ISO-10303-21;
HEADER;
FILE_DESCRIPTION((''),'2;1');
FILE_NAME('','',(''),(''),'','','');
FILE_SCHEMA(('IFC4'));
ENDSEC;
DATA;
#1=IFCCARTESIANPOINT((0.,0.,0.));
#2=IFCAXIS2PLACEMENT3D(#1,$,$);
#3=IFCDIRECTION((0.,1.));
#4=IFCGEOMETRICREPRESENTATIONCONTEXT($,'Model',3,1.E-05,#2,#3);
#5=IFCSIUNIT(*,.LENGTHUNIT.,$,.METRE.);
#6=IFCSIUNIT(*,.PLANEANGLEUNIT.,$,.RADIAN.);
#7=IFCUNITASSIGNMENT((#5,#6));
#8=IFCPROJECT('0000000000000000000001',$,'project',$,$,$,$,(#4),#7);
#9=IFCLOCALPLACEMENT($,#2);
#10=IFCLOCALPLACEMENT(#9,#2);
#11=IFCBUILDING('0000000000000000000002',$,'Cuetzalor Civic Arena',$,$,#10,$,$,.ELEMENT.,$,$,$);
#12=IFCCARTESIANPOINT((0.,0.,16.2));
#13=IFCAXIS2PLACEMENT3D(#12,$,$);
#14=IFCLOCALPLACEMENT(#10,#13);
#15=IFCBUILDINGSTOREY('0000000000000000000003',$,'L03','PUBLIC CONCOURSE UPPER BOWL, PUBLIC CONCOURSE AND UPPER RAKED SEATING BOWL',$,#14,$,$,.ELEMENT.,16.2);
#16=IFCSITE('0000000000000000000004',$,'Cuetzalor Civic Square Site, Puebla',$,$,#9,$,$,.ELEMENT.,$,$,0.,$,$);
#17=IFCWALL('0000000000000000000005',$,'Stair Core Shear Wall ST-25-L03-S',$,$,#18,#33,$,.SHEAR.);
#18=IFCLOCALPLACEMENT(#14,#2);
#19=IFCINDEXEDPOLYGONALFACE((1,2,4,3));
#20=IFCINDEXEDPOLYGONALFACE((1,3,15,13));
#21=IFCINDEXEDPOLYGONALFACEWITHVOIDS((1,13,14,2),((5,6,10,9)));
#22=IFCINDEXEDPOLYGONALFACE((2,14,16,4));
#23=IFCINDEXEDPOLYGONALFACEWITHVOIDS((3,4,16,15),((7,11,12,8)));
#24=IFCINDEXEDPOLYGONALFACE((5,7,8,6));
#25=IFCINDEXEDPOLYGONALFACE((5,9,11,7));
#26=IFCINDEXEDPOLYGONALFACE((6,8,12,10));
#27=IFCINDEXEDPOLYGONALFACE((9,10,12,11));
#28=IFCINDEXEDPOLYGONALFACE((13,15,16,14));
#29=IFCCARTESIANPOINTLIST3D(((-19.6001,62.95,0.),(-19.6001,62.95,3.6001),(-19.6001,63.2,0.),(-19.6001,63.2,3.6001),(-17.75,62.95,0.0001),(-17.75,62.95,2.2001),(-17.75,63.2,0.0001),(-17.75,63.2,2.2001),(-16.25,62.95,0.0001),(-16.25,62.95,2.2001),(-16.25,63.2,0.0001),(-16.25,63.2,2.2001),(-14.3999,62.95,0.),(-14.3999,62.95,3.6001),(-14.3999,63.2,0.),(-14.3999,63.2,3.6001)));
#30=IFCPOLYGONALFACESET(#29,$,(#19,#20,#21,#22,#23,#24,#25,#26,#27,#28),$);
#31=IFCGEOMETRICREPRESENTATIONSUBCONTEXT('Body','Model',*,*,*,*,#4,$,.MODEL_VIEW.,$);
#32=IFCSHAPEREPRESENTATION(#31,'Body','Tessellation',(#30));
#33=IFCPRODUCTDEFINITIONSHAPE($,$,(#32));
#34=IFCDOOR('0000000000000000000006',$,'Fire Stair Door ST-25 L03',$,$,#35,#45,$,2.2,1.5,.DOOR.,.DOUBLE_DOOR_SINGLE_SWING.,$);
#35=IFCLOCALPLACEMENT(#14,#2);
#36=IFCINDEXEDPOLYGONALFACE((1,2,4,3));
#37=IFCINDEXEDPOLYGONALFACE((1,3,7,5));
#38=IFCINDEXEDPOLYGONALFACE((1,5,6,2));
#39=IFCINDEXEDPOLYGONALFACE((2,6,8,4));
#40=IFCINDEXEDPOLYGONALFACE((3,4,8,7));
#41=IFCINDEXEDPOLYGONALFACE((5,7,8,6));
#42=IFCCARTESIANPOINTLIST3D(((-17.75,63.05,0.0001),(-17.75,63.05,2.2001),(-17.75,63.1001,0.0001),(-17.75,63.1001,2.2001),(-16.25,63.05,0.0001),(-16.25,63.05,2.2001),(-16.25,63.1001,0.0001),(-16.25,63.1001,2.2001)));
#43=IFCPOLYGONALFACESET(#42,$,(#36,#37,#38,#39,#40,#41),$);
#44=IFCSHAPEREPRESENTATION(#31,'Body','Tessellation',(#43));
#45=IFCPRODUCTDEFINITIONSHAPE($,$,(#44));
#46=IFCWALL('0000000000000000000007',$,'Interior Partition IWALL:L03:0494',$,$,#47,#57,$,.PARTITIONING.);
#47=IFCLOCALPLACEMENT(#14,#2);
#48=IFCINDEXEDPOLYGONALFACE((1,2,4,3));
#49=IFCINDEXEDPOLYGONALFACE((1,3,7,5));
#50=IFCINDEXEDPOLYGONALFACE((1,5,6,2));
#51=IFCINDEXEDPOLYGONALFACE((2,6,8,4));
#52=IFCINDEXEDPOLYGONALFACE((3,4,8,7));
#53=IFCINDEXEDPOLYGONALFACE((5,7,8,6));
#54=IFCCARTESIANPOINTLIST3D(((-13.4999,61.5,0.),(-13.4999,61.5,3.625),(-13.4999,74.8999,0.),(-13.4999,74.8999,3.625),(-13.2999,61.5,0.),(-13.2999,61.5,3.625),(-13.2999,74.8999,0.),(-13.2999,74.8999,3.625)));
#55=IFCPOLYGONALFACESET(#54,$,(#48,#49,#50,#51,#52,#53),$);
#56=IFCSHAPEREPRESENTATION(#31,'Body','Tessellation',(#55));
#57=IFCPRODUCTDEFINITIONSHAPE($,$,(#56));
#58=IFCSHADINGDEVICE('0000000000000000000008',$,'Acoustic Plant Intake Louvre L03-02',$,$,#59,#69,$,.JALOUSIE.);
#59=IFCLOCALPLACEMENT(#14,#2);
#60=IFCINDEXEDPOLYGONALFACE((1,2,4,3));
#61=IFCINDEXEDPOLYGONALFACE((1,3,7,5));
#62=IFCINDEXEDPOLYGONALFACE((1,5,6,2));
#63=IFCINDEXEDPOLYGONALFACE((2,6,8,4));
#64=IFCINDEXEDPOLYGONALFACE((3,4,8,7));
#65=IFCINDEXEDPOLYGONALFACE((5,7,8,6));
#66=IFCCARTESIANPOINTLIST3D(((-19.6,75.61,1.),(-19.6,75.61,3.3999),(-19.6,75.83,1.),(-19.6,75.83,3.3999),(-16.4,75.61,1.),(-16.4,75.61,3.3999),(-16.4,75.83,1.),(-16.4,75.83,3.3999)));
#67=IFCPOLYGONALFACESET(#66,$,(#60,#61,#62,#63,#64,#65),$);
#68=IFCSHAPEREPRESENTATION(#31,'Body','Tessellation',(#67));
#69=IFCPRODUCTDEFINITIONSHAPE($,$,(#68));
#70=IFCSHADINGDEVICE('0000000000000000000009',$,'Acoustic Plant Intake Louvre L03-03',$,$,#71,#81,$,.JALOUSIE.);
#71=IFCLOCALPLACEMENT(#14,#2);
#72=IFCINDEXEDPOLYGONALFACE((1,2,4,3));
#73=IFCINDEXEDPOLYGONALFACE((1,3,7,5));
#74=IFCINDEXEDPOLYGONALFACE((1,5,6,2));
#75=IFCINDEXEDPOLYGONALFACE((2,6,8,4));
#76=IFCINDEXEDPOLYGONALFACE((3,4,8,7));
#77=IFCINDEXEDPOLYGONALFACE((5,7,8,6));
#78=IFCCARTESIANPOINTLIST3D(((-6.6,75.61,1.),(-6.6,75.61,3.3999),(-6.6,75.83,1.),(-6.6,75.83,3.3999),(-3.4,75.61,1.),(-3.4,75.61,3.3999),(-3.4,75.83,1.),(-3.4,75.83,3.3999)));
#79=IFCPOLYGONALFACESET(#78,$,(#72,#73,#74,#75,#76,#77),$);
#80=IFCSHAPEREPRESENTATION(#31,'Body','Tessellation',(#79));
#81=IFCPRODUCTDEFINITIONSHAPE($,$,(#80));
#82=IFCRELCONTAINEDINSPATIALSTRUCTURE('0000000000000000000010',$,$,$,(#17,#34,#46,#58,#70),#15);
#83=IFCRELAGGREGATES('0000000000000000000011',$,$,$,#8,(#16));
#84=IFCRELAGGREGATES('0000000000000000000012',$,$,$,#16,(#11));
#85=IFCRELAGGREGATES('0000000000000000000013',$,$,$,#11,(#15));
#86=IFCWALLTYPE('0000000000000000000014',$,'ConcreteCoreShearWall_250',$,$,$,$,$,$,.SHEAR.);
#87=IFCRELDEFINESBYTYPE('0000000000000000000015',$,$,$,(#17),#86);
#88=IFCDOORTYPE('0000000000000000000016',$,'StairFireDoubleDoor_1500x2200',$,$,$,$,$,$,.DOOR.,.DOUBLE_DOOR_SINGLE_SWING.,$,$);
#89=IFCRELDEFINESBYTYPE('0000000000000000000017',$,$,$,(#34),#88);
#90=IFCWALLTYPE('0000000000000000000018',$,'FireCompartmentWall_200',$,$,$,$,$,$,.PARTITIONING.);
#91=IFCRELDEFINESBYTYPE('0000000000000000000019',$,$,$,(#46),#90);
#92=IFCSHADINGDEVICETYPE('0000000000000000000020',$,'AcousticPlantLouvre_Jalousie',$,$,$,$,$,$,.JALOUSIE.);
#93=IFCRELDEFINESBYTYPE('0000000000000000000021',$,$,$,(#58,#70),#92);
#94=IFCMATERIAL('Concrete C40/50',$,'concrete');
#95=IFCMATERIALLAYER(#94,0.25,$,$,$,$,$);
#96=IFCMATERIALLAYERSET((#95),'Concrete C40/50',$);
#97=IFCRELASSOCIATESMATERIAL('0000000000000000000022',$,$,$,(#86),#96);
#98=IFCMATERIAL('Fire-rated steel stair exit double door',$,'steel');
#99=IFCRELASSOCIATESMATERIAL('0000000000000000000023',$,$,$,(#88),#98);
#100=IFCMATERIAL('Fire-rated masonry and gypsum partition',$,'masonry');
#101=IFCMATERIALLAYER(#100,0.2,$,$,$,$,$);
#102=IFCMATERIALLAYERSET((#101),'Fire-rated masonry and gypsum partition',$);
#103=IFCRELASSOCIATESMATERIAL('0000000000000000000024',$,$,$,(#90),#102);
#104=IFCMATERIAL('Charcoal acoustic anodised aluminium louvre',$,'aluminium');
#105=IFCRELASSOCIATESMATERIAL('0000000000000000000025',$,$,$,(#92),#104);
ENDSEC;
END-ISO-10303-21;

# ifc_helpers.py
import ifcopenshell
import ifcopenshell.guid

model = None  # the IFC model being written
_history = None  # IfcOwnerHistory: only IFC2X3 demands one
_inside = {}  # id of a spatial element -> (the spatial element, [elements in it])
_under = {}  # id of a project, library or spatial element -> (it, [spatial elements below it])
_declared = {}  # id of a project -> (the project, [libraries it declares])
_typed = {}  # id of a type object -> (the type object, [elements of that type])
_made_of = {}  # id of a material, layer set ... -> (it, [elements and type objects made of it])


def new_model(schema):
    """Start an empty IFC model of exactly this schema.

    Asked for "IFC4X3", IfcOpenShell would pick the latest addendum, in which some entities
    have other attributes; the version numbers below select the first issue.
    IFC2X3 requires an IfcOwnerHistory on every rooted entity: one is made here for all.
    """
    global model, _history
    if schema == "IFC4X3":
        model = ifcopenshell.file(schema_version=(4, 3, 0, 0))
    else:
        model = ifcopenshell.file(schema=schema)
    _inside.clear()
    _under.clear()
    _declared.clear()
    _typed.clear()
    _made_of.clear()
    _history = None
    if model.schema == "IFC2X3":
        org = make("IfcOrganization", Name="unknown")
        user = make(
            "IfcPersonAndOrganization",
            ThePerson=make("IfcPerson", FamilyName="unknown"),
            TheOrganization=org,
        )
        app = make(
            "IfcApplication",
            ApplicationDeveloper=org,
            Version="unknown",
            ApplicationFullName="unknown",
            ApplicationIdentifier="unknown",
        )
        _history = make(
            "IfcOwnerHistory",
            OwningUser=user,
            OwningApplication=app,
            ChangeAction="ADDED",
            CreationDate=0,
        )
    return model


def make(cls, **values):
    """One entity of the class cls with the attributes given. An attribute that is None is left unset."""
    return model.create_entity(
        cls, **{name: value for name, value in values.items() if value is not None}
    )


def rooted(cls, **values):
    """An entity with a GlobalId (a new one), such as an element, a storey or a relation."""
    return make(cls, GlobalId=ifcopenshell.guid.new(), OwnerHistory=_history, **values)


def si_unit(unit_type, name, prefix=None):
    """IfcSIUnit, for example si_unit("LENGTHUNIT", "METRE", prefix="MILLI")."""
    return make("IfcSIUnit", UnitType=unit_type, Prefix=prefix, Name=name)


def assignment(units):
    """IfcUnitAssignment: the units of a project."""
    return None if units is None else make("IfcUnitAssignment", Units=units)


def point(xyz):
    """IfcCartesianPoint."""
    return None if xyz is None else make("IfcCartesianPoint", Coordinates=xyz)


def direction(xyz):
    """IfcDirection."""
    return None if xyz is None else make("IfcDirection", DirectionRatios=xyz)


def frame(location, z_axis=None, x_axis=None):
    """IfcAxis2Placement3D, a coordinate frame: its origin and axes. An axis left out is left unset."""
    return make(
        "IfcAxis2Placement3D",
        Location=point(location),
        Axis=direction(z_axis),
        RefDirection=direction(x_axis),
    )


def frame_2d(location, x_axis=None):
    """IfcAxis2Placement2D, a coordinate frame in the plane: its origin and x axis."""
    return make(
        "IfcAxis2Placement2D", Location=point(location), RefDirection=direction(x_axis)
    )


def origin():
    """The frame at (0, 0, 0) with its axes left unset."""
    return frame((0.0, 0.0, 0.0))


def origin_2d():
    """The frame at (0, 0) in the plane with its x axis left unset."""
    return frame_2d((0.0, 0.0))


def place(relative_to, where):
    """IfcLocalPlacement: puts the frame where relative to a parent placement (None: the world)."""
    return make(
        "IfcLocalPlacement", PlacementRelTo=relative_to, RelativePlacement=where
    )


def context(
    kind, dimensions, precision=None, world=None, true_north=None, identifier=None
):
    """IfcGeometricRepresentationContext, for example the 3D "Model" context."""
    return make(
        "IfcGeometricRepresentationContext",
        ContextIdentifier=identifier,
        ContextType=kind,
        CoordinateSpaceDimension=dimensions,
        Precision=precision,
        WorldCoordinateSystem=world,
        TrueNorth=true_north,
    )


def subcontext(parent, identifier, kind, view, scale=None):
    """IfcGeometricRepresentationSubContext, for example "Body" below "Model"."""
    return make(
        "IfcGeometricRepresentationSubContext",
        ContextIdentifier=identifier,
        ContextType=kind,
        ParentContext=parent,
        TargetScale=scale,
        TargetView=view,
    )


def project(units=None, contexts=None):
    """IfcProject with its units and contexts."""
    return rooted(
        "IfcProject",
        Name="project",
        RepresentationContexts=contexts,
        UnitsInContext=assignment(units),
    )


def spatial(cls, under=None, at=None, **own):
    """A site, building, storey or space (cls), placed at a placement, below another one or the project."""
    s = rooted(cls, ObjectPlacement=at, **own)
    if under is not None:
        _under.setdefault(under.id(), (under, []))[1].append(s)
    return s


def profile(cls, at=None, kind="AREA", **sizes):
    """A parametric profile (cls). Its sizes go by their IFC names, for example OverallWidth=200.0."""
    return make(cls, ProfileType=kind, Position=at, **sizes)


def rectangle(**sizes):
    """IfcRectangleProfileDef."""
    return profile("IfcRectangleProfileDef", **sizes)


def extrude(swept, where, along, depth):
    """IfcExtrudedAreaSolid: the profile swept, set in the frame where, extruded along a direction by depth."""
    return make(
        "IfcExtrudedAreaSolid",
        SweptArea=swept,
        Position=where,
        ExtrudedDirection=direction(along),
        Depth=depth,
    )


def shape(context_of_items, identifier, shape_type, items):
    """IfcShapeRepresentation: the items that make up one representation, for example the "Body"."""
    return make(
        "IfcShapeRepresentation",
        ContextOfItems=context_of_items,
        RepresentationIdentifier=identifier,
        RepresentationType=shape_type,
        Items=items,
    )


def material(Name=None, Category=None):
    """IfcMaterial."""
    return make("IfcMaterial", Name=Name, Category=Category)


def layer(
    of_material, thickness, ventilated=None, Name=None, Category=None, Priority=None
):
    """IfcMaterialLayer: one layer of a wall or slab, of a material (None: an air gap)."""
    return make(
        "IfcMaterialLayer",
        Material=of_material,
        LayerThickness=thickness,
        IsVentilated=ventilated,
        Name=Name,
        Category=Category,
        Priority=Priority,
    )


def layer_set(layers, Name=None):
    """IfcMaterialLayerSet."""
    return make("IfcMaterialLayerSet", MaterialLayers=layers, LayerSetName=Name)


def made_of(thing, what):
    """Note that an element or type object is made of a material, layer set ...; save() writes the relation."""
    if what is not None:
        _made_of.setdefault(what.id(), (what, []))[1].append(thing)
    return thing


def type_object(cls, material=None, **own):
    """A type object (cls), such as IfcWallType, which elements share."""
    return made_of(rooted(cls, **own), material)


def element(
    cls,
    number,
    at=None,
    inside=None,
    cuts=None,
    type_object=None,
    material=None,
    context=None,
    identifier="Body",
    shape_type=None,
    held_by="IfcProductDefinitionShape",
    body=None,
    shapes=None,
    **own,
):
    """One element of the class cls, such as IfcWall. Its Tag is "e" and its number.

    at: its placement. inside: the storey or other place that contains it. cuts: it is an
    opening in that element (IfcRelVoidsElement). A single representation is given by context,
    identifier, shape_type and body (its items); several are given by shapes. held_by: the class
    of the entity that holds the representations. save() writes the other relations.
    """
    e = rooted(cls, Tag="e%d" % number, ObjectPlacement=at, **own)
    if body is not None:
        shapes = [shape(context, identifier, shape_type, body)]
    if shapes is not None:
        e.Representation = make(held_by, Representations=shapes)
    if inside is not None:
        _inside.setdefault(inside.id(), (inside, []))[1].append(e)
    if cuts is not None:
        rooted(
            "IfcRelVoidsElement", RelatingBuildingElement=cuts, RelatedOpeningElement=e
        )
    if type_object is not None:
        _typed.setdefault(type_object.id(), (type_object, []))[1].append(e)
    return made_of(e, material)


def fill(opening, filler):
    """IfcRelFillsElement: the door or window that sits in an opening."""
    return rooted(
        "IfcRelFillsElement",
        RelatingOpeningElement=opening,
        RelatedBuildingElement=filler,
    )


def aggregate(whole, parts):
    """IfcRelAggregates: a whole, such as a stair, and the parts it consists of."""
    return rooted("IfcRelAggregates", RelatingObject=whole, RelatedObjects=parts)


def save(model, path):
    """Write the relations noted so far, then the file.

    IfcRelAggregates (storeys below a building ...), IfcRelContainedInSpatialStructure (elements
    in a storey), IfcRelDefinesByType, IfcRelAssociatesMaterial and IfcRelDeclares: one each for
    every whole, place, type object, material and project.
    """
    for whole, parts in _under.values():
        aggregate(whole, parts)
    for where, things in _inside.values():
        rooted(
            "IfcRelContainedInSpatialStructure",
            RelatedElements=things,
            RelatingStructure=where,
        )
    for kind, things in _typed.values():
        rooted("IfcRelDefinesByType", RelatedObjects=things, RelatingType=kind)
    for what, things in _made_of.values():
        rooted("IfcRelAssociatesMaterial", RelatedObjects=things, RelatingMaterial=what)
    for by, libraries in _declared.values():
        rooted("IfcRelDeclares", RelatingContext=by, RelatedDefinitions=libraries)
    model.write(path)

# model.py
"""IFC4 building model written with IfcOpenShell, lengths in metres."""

from ifc_helpers import new_model, si_unit, direction, frame, frame_2d, origin, origin_2d, place, context, subcontext, project, spatial, rectangle, extrude, material, layer, layer_set, type_object, element, fill, save


model = new_model("IFC4")

# Units and contexts
model_context = context("Model", 3, precision=1e-05, world=origin(), true_north=direction((0.0, 1.0)))
body_context = subcontext(model_context, "Body", "Model", "MODEL_VIEW")
ifc_project = project(units=[si_unit("LENGTHUNIT", "METRE"), si_unit("PLANEANGLEUNIT", "RADIAN")], contexts=[model_context])

# Site, building, storey
site_placement = place(None, origin())
site = spatial("IfcSite", under=ifc_project, at=site_placement, Name="Cuetzalor Civic Square Site, Puebla", CompositionType="ELEMENT", RefElevation=0.0)
building_placement = place(site_placement, origin())
building = spatial("IfcBuilding", under=site, at=building_placement, Name="Cuetzalor Civic Arena", CompositionType="ELEMENT")
storey_placement = place(building_placement, frame((0.0, 0.0, 16.2)))
storey = spatial("IfcBuildingStorey", under=building, at=storey_placement, Name="L03", Description="PUBLIC CONCOURSE UPPER BOWL, PUBLIC CONCOURSE AND UPPER RAKED SEATING BOWL", CompositionType="ELEMENT", Elevation=16.2)

# Shared definitions
ifc_material_1 = material(Name="Concrete C40/50", Category="concrete")
ifc_layer_1 = layer(ifc_material_1, 0.25)
ifc_layer_set_1 = layer_set([ifc_layer_1], Name="Concrete C40/50")
wall_type_1 = type_object("IfcWallType", Name="ConcreteCoreShearWall_250", PredefinedType="SHEAR", material=ifc_layer_set_1)

# Wall, opening, door
wall_1_placement = place(storey_placement, frame((-14.3999, 63.075, 0.0), z_axis=(0.0, 0.0, 1.0), x_axis=(-1.0, 0.0, 0.0)))
wall_1 = element("IfcWall", 1, at=wall_1_placement, inside=storey, type_object=wall_type_1, Name="Stair Core Shear Wall ST-25-L03-S", PredefinedType="SHEAR", context=body_context, shape_type="SweptSolid", body=[
    extrude(rectangle(XDim=5.2002, YDim=0.25, at=frame_2d((2.6001, 0.0))), origin(), (0.0, 0.0, 1.0), 3.6001),
])
opening_placement = place(wall_1_placement, frame((1.8501, 0.0, 0.0)))
opening = element("IfcOpeningElement", 2, at=opening_placement, cuts=wall_1, PredefinedType="OPENING", context=body_context, shape_type="SweptSolid", body=[
    extrude(rectangle(XDim=1.5, YDim=2.2, at=frame_2d((0.75, 1.1001))), frame((0.0, 0.135, 0.0), z_axis=(0.0, -1.0, 0.0), x_axis=(1.0, 0.0, 0.0)), (0.0, 0.0, 1.0), 0.27),
])
ifc_material_2 = material(Name="Fire-rated steel stair exit double door", Category="steel")
door_type = type_object("IfcDoorType", Name="StairFireDoubleDoor_1500x2200", OperationType="DOUBLE_DOOR_SINGLE_SWING", PredefinedType="DOOR", material=ifc_material_2)
door_placement = place(opening_placement, origin())
door = element("IfcDoor", 3, at=door_placement, inside=storey, type_object=door_type, Name="Fire Stair Door ST-25 L03", OperationType="DOUBLE_DOOR_SINGLE_SWING", OverallHeight=2.2, OverallWidth=1.5, PredefinedType="DOOR", context=body_context, shape_type="SweptSolid", body=[
    extrude(rectangle(XDim=1.5, YDim=2.2, at=frame_2d((0.75, 1.1001))), frame((0.0, 0.0249, 0.0), z_axis=(0.0, -1.0, 0.0), x_axis=(1.0, 0.0, 0.0)), (0.0, 0.0, 1.0), 0.05),
])
fill(opening, door)

# Wall
ifc_material_3 = material(Name="Fire-rated masonry and gypsum partition", Category="masonry")
ifc_layer_2 = layer(ifc_material_3, 0.2)
ifc_layer_set_2 = layer_set([ifc_layer_2], Name="Fire-rated masonry and gypsum partition")
wall_type_2 = type_object("IfcWallType", Name="FireCompartmentWall_200", PredefinedType="PARTITIONING", material=ifc_layer_set_2)
wall_2_placement = place(storey_placement, frame((-13.3999, 61.5, 0.0), z_axis=(0.0, 0.0, 1.0), x_axis=(0.0, 1.0, 0.0)))
element("IfcWall", 4, at=wall_2_placement, inside=storey, type_object=wall_type_2, Name="Interior Partition IWALL:L03:0494", PredefinedType="PARTITIONING", context=body_context, shape_type="SweptSolid", body=[
    extrude(rectangle(XDim=13.3999, YDim=0.2, at=frame_2d((6.7, 0.0))), origin(), (0.0, 0.0, 1.0), 3.625),
])

# Shading devices
ifc_material_4 = material(Name="Charcoal acoustic anodised aluminium louvre", Category="aluminium")
shading_device_type = type_object("IfcShadingDeviceType", Name="AcousticPlantLouvre_Jalousie", PredefinedType="JALOUSIE", material=ifc_material_4)
for number, where, z_axis, x_axis, name in (
    (5, (-18.0, 75.72, 1.0), (0.0, 0.0, 1.0), (1.0, 0.0, 0.0), "Acoustic Plant Intake Louvre L03-02"),
    (6, (-5.0, 75.72, 1.0), (0.0, 0.0, 1.0), (1.0, 0.0, 0.0), "Acoustic Plant Intake Louvre L03-03"),
):
    element("IfcShadingDevice", number, at=place(storey_placement, frame(where, z_axis=z_axis, x_axis=x_axis)), inside=storey, type_object=shading_device_type, Name=name, PredefinedType="JALOUSIE", context=body_context, shape_type="SweptSolid", body=[
        extrude(rectangle(XDim=3.2, YDim=0.22, at=origin_2d()), origin(), (0.0, 0.0, 1.0), 2.3999),
    ])

save(model, "model.ifc")
